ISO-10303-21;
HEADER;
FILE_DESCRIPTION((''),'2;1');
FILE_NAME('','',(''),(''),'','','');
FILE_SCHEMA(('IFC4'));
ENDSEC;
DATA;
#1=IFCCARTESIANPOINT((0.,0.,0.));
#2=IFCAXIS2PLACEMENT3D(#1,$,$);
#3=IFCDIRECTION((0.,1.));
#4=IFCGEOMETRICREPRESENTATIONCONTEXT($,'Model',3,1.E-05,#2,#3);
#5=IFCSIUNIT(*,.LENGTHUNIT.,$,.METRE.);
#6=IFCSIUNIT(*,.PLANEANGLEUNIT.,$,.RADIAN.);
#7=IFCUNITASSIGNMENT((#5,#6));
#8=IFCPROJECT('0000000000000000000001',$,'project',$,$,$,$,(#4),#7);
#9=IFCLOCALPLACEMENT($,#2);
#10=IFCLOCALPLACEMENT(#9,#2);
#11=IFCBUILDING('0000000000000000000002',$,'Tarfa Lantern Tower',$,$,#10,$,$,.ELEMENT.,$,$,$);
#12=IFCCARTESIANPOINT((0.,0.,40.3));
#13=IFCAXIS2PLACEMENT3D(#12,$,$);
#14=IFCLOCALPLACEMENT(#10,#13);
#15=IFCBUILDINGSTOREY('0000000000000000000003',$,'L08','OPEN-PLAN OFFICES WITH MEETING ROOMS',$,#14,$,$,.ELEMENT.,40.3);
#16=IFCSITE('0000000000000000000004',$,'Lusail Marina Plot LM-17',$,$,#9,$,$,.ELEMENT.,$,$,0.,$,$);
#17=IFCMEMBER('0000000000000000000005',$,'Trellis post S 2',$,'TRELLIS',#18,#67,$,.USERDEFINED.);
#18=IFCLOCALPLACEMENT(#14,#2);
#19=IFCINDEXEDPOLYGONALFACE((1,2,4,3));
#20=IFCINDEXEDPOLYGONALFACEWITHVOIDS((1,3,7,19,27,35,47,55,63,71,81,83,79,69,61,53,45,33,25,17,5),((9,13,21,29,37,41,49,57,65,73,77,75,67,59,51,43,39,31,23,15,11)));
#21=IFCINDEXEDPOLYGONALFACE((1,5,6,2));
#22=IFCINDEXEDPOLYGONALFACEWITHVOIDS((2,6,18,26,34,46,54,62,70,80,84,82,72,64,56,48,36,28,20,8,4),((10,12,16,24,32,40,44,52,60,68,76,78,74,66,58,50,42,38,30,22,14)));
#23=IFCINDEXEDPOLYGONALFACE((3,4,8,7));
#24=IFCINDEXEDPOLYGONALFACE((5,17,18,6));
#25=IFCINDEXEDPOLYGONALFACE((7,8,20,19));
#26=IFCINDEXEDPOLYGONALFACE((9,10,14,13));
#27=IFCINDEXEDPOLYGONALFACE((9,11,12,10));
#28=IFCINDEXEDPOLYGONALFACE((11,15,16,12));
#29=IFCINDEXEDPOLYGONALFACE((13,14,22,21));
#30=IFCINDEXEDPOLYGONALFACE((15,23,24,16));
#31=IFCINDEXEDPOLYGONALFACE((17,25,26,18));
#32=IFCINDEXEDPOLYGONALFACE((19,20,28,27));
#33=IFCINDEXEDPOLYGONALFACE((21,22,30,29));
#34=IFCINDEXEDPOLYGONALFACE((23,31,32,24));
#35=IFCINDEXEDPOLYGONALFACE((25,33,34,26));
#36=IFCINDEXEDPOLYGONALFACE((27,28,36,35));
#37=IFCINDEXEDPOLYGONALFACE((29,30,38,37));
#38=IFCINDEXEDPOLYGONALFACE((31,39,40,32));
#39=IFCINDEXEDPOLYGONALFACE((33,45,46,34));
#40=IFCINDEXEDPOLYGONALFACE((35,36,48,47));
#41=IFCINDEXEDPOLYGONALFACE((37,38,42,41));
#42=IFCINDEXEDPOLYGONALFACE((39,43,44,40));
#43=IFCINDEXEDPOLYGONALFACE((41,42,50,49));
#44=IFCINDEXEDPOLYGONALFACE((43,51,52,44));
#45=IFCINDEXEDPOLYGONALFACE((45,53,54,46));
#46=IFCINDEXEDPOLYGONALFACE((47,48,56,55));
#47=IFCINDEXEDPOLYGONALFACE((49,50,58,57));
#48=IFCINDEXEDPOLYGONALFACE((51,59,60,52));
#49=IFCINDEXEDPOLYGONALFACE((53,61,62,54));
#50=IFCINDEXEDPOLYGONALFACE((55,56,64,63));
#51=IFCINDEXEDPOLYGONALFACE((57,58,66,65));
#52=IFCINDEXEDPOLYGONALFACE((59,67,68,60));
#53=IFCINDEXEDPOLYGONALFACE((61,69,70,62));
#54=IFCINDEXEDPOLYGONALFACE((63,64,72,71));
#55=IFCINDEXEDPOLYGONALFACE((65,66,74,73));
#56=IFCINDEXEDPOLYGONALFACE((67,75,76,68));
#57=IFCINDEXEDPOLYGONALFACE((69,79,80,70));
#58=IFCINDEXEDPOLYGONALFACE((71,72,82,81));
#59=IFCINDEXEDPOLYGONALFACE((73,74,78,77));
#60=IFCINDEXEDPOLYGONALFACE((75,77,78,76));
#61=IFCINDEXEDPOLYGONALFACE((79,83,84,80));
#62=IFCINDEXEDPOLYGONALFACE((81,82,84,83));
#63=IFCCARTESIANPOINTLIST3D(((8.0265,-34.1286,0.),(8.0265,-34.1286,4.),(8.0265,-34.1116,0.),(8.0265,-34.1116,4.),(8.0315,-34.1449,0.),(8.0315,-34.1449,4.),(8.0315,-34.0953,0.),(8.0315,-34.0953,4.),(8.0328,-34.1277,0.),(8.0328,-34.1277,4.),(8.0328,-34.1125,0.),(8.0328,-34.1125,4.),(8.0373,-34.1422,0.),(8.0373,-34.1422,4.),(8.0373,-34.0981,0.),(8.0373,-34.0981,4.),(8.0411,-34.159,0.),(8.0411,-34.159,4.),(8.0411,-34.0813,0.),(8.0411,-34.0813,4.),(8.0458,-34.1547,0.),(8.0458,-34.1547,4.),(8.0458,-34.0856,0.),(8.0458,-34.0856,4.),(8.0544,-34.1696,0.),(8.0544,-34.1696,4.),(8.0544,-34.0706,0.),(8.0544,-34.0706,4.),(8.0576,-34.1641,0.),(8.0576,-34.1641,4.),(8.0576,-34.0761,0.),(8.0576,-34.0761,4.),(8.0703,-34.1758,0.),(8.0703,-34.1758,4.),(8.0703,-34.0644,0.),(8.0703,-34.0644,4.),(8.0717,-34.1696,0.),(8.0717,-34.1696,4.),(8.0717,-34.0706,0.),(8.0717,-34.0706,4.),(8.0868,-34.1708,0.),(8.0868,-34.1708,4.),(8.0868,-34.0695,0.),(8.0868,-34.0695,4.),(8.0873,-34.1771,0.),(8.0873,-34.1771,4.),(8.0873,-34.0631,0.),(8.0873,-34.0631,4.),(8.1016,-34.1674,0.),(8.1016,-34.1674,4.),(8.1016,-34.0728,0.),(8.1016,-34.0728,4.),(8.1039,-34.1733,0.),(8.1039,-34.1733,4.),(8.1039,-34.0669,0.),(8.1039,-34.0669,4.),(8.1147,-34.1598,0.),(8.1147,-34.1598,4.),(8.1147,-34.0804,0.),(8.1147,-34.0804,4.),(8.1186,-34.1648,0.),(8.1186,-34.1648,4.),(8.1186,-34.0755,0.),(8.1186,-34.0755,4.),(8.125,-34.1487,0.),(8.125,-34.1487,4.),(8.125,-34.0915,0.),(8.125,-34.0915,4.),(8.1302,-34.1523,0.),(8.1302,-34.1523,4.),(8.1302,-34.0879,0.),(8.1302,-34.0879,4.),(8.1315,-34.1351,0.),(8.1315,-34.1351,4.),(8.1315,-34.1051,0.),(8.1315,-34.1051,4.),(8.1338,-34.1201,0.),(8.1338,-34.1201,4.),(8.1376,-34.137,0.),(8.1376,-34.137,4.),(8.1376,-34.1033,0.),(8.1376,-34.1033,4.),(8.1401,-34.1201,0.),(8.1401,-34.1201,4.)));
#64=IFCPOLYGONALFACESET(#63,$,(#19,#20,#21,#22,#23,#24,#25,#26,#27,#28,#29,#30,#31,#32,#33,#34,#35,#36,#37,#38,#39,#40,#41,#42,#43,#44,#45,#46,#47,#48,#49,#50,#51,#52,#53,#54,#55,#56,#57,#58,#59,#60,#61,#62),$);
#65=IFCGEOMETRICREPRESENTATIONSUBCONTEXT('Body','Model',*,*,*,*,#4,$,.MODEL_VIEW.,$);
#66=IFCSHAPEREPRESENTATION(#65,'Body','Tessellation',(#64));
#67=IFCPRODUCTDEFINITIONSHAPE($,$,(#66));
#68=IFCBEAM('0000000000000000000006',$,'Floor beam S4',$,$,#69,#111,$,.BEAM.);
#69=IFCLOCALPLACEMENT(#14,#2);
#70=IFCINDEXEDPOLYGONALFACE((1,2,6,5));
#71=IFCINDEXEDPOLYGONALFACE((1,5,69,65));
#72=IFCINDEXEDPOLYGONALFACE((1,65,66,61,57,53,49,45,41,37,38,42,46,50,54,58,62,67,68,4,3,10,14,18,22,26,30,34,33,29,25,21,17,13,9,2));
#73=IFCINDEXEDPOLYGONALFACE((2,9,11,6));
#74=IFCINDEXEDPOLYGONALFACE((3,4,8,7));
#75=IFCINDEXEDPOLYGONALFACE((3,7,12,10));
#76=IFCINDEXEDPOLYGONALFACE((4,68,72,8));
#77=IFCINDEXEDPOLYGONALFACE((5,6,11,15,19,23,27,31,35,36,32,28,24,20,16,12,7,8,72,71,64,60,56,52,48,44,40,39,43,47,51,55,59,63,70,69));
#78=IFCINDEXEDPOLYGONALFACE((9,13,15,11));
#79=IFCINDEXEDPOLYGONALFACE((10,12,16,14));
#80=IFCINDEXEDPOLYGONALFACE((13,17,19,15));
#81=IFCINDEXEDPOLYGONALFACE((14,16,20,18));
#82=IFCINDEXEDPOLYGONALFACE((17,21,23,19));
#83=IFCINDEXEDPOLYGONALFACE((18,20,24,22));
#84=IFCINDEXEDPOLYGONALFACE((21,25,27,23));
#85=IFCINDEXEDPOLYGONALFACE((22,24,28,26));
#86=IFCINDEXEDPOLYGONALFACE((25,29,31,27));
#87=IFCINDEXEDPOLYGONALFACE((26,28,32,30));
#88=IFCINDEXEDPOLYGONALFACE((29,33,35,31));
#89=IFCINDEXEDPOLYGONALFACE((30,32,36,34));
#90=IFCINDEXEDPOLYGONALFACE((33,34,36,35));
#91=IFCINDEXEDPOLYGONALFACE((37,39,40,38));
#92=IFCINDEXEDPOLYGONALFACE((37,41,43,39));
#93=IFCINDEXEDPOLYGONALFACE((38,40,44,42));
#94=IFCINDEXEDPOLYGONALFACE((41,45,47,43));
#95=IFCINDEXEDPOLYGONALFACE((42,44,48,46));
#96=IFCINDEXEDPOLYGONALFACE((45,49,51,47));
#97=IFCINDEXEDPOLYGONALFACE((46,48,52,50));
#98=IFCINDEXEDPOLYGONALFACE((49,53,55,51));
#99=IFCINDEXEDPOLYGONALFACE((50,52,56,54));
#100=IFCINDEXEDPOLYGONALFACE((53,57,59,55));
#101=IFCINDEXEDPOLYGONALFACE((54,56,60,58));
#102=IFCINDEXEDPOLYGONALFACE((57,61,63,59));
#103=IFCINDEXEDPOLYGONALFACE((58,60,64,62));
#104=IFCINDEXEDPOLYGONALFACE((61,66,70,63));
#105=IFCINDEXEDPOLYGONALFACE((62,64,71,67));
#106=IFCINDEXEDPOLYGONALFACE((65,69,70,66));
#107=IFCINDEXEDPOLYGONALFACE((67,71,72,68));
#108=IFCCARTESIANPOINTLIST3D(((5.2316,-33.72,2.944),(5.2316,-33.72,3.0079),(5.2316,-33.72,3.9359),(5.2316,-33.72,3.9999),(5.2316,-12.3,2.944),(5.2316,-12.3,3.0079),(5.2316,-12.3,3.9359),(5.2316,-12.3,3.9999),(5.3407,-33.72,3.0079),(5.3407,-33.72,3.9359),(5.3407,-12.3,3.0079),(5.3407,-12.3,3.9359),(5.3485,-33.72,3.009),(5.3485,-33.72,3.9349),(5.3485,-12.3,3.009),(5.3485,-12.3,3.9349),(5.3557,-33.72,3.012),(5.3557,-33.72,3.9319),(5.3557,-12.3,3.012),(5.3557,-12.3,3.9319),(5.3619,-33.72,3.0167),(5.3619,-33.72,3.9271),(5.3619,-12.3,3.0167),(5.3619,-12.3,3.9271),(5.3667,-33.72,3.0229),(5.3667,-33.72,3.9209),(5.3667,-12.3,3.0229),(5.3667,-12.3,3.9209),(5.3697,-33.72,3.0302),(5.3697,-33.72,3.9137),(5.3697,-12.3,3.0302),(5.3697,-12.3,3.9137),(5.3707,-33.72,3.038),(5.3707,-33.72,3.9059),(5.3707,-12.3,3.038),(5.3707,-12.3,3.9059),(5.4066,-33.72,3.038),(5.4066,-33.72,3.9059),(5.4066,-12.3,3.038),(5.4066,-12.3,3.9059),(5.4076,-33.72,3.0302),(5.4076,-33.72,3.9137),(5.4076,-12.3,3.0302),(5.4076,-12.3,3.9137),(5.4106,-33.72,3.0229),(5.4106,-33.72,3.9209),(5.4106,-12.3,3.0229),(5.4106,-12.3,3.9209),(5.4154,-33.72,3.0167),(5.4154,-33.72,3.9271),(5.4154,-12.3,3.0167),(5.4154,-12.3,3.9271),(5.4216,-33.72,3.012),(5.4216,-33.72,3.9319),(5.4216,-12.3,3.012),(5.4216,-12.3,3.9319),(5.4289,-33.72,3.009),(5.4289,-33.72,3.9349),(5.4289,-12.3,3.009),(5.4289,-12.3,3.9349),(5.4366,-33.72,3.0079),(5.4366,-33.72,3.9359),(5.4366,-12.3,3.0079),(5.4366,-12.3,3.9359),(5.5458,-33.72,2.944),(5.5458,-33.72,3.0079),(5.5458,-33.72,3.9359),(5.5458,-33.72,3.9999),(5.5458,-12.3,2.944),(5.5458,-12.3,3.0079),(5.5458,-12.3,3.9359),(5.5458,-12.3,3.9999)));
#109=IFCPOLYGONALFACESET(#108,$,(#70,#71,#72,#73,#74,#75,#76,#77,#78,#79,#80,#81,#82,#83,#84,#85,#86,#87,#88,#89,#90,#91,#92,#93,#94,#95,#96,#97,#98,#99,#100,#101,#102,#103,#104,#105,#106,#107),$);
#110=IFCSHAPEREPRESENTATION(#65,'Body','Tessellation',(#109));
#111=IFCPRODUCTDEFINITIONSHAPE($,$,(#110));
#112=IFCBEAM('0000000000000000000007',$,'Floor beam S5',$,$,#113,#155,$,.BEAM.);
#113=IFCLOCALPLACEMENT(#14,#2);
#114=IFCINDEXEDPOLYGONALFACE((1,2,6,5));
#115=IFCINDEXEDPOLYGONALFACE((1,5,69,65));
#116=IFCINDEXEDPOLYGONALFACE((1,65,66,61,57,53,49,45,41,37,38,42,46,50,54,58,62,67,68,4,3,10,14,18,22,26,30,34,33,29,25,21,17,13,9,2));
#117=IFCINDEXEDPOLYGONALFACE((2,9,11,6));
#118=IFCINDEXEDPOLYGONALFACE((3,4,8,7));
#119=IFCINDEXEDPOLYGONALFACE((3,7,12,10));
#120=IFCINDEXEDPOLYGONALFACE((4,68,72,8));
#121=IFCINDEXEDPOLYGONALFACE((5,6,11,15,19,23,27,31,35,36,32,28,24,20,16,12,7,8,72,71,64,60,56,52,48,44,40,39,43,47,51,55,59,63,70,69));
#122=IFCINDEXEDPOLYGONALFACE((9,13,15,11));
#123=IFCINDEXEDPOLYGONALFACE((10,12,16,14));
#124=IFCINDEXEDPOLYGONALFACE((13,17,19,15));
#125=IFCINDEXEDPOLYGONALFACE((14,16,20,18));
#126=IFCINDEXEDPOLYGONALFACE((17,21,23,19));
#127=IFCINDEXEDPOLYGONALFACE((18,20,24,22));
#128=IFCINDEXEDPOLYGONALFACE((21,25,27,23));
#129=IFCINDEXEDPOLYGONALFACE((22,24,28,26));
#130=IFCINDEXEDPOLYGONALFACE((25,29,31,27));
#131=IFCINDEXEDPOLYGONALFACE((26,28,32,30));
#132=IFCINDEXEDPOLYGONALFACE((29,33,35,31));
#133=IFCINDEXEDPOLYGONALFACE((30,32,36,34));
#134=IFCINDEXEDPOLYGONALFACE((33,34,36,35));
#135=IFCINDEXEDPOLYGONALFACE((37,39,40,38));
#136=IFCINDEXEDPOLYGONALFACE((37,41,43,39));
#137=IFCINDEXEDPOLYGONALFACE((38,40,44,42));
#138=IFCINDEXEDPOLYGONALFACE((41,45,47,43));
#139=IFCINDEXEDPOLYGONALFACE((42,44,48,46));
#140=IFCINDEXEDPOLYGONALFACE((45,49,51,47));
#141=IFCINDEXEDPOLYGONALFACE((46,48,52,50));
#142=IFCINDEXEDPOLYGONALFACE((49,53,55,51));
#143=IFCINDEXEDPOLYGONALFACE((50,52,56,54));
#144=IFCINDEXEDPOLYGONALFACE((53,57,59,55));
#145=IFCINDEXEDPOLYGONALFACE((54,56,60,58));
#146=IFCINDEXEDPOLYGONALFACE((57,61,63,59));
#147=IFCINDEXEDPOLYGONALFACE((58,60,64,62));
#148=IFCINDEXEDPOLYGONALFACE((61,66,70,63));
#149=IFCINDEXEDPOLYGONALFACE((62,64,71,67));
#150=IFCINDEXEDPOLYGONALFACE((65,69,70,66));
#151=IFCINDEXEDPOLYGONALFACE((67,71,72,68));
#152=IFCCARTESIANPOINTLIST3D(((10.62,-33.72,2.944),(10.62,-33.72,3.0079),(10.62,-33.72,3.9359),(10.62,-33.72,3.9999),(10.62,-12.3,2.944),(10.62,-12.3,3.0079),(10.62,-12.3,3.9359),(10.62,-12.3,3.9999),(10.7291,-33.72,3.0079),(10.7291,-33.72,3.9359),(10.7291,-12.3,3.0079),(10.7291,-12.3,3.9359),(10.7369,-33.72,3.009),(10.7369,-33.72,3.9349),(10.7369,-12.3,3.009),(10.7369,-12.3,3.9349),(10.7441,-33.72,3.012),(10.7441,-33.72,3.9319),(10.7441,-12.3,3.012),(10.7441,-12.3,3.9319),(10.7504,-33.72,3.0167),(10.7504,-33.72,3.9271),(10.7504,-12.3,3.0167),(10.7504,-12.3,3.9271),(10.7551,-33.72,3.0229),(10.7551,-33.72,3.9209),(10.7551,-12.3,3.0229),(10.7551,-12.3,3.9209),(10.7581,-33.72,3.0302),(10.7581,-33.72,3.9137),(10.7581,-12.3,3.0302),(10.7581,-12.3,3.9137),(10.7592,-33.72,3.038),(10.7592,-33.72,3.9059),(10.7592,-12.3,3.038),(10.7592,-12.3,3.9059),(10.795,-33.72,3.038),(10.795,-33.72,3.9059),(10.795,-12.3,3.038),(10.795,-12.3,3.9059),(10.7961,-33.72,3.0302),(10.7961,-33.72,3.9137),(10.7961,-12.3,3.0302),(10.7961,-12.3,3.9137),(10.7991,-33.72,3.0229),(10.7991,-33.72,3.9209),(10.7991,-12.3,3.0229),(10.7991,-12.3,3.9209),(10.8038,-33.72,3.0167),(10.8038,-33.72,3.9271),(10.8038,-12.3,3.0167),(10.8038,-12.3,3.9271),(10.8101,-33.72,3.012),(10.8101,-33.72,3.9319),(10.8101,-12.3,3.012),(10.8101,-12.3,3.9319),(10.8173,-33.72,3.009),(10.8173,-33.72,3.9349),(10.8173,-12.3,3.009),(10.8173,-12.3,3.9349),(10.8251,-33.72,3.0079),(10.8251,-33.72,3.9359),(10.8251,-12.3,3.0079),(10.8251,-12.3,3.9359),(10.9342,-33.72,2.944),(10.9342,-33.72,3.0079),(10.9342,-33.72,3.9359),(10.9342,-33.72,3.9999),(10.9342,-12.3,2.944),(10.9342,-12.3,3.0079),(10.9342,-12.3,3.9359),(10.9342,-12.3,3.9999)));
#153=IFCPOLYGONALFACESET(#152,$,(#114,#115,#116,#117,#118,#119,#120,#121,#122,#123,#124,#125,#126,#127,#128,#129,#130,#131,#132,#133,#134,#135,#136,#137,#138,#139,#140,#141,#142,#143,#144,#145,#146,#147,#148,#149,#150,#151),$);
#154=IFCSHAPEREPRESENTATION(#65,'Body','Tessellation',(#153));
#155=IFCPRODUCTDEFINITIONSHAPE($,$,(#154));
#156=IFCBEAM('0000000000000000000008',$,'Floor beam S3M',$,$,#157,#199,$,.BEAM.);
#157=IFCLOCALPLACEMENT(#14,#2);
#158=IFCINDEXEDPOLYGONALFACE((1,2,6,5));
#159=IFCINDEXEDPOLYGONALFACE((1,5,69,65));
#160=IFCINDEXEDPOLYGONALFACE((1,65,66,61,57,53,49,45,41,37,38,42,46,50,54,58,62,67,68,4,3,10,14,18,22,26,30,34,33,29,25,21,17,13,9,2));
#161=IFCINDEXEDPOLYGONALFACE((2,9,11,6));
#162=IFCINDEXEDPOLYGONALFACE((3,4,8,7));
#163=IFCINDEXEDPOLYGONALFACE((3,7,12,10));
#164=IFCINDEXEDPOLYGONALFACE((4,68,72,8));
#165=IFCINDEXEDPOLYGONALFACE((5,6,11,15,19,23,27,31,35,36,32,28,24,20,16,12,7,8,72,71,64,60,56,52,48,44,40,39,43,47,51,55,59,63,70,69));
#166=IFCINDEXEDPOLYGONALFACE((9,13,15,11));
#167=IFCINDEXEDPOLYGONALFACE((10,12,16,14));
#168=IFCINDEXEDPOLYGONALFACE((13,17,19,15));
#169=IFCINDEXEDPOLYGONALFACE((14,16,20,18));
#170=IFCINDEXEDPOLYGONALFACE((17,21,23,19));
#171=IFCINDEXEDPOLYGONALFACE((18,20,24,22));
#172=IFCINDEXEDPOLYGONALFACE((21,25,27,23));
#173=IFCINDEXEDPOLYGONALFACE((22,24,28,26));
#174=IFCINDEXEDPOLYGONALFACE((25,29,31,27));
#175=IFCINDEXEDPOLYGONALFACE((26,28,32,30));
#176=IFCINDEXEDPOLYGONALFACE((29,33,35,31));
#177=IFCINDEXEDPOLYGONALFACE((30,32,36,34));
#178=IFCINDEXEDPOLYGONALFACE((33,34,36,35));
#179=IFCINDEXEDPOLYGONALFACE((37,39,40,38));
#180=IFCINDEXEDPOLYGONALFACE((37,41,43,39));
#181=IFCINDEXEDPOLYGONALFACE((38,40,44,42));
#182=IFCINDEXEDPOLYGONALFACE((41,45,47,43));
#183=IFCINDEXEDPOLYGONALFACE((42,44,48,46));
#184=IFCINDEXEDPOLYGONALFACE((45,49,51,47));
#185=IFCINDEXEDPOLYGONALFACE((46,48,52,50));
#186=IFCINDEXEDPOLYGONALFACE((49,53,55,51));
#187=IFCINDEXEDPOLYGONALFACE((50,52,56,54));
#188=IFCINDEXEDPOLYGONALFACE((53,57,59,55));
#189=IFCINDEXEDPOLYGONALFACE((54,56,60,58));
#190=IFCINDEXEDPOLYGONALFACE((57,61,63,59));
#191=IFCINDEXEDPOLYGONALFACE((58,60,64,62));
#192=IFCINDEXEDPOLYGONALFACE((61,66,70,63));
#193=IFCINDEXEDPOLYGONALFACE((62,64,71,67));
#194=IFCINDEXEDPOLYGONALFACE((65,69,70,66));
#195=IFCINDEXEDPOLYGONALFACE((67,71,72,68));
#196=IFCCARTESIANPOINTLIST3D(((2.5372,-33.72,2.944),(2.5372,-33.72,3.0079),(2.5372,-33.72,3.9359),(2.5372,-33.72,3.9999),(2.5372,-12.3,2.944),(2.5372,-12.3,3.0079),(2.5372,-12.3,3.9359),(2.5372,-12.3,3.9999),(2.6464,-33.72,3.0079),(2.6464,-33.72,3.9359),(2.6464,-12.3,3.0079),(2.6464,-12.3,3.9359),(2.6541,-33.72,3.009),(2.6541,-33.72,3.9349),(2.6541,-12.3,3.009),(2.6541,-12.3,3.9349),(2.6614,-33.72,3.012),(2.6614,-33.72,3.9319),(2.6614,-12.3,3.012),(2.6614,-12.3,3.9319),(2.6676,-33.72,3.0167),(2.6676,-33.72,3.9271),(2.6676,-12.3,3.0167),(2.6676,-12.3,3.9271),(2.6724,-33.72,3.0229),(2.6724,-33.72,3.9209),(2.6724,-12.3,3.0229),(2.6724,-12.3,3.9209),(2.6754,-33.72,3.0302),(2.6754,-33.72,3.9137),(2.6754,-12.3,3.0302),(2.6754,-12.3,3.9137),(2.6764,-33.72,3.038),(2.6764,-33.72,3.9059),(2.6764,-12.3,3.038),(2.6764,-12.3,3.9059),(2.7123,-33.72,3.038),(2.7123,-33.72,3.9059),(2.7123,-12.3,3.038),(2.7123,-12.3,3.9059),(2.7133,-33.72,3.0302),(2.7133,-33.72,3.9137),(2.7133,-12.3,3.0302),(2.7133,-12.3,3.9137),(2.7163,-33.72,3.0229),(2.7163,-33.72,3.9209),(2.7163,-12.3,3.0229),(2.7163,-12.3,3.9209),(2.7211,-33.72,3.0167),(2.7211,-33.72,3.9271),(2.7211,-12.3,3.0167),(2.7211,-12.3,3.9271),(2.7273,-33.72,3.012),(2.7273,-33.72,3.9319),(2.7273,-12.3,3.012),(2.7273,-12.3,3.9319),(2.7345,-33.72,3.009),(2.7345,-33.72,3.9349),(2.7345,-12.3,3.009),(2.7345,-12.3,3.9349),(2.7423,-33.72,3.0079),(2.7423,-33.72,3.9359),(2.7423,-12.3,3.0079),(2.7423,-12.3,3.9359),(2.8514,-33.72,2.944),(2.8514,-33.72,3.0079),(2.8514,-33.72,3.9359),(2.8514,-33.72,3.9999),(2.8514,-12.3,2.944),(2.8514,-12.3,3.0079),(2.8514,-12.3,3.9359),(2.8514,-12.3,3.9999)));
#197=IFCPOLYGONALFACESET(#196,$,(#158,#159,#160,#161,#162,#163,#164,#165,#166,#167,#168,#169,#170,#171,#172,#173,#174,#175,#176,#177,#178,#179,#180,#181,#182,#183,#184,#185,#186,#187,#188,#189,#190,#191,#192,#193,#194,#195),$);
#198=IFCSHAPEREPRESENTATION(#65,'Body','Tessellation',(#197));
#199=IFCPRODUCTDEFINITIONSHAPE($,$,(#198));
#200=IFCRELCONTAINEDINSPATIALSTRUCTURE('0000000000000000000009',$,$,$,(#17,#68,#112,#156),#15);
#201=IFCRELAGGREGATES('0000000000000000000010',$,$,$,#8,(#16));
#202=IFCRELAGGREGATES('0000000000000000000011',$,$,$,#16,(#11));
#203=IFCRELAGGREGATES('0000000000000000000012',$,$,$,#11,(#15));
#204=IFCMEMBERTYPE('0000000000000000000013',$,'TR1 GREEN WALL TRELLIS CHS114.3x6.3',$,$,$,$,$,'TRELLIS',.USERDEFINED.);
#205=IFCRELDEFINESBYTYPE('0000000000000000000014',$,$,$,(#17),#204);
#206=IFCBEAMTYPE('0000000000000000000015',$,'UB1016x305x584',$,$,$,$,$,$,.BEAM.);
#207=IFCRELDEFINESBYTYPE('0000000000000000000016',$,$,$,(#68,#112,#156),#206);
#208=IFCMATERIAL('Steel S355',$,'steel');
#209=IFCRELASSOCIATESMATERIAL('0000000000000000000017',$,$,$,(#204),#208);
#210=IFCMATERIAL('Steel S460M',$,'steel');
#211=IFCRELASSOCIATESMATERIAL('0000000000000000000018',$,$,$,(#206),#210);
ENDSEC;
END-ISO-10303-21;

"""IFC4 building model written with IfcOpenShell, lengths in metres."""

from ifc_helpers import new_model, si_unit, direction, frame, origin, origin_2d, place, context, subcontext, project, spatial, hollow_circle, i_section, extrude, material, material_profile, profile_set, type_object, element, save


model = new_model("IFC4")

# Units and contexts
model_context = context("Model", 3, precision=1e-05, world=origin(), true_north=direction((0.0, 1.0)))
body_context = subcontext(model_context, "Body", "Model", "MODEL_VIEW")
ifc_project = project(units=[si_unit("LENGTHUNIT", "METRE"), si_unit("PLANEANGLEUNIT", "RADIAN")], contexts=[model_context])

# Site, building, storey
site_placement = place(None, origin())
site = spatial("IfcSite", under=ifc_project, at=site_placement, Name="Lusail Marina Plot LM-17", CompositionType="ELEMENT", RefElevation=0.0)
building_placement = place(site_placement, origin())
building = spatial("IfcBuilding", under=site, at=building_placement, Name="Tarfa Lantern Tower", CompositionType="ELEMENT")
storey_placement = place(building_placement, frame((0.0, 0.0, 40.3)))
storey = spatial("IfcBuildingStorey", under=building, at=storey_placement, Name="L08", Description="OPEN-PLAN OFFICES WITH MEETING ROOMS", CompositionType="ELEMENT", Elevation=40.3)

# Member
ifc_material_1 = material(Name="Steel S355", Category="steel")
ifc_material_profile_1 = material_profile(ifc_material_1, hollow_circle(Radius=0.0571, WallThickness=0.0063, at=origin_2d()), Name="CHS114.3x6.3")
ifc_profile_set_1 = profile_set([ifc_material_profile_1], Name="Steel S355")
member_type_1 = type_object("IfcMemberType", Name="TR1 GREEN WALL TRELLIS CHS114.3x6.3", ElementType="TRELLIS", PredefinedType="USERDEFINED", material=ifc_profile_set_1)
member_1_placement = place(storey_placement, frame((8.083, -34.1201, 0.0), z_axis=(0.0, 0.0, 1.0), x_axis=(1.0, 0.0, 0.0)))
element("IfcMember", 1, at=member_1_placement, inside=storey, type_object=member_type_1, Name="Trellis post S 2", ObjectType="TRELLIS", PredefinedType="USERDEFINED", context=body_context, shape_type="SweptSolid", body=[
    extrude(hollow_circle(Radius=0.0571, WallThickness=0.0063, at=origin_2d()), origin(), (0.0, 0.0, 1.0), 4.0),
])

# Beams
ifc_material_2 = material(Name="Steel S460M", Category="steel")
ifc_material_profile_2 = material_profile(ifc_material_2, i_section(OverallWidth=0.3142, OverallDepth=1.0559, WebThickness=0.0359, FlangeThickness=0.064, FilletRadius=0.03, at=origin_2d()), Name="UB1016x305x584")
ifc_profile_set_2 = profile_set([ifc_material_profile_2], Name="Steel S460M")
beam_type_1 = type_object("IfcBeamType", Name="UB1016x305x584", PredefinedType="BEAM", material=ifc_profile_set_2)
for number, where, z_axis, x_axis, name in (
    (2, (5.3887, -33.72, 3.4719), (0.0, 1.0, 0.0), (-1.0, 0.0, 0.0), "Floor beam S4"),
    (3, (10.7771, -33.72, 3.4719), (0.0, 1.0, 0.0), (-1.0, 0.0, 0.0), "Floor beam S5"),
    (4, (2.6943, -33.72, 3.4719), (0.0, 1.0, 0.0), (-1.0, 0.0, 0.0), "Floor beam S3M"),
):
    element("IfcBeam", number, at=place(storey_placement, frame(where, z_axis=z_axis, x_axis=x_axis)), inside=storey, type_object=beam_type_1, Name=name, PredefinedType="BEAM", context=body_context, shape_type="SweptSolid", body=[
        extrude(i_section(OverallWidth=0.3142, OverallDepth=1.0559, WebThickness=0.0359, FlangeThickness=0.064, FilletRadius=0.03, at=origin_2d()), origin(), (0.0, 0.0, 1.0), 21.4199),
    ])

save(model, "model.ifc")
